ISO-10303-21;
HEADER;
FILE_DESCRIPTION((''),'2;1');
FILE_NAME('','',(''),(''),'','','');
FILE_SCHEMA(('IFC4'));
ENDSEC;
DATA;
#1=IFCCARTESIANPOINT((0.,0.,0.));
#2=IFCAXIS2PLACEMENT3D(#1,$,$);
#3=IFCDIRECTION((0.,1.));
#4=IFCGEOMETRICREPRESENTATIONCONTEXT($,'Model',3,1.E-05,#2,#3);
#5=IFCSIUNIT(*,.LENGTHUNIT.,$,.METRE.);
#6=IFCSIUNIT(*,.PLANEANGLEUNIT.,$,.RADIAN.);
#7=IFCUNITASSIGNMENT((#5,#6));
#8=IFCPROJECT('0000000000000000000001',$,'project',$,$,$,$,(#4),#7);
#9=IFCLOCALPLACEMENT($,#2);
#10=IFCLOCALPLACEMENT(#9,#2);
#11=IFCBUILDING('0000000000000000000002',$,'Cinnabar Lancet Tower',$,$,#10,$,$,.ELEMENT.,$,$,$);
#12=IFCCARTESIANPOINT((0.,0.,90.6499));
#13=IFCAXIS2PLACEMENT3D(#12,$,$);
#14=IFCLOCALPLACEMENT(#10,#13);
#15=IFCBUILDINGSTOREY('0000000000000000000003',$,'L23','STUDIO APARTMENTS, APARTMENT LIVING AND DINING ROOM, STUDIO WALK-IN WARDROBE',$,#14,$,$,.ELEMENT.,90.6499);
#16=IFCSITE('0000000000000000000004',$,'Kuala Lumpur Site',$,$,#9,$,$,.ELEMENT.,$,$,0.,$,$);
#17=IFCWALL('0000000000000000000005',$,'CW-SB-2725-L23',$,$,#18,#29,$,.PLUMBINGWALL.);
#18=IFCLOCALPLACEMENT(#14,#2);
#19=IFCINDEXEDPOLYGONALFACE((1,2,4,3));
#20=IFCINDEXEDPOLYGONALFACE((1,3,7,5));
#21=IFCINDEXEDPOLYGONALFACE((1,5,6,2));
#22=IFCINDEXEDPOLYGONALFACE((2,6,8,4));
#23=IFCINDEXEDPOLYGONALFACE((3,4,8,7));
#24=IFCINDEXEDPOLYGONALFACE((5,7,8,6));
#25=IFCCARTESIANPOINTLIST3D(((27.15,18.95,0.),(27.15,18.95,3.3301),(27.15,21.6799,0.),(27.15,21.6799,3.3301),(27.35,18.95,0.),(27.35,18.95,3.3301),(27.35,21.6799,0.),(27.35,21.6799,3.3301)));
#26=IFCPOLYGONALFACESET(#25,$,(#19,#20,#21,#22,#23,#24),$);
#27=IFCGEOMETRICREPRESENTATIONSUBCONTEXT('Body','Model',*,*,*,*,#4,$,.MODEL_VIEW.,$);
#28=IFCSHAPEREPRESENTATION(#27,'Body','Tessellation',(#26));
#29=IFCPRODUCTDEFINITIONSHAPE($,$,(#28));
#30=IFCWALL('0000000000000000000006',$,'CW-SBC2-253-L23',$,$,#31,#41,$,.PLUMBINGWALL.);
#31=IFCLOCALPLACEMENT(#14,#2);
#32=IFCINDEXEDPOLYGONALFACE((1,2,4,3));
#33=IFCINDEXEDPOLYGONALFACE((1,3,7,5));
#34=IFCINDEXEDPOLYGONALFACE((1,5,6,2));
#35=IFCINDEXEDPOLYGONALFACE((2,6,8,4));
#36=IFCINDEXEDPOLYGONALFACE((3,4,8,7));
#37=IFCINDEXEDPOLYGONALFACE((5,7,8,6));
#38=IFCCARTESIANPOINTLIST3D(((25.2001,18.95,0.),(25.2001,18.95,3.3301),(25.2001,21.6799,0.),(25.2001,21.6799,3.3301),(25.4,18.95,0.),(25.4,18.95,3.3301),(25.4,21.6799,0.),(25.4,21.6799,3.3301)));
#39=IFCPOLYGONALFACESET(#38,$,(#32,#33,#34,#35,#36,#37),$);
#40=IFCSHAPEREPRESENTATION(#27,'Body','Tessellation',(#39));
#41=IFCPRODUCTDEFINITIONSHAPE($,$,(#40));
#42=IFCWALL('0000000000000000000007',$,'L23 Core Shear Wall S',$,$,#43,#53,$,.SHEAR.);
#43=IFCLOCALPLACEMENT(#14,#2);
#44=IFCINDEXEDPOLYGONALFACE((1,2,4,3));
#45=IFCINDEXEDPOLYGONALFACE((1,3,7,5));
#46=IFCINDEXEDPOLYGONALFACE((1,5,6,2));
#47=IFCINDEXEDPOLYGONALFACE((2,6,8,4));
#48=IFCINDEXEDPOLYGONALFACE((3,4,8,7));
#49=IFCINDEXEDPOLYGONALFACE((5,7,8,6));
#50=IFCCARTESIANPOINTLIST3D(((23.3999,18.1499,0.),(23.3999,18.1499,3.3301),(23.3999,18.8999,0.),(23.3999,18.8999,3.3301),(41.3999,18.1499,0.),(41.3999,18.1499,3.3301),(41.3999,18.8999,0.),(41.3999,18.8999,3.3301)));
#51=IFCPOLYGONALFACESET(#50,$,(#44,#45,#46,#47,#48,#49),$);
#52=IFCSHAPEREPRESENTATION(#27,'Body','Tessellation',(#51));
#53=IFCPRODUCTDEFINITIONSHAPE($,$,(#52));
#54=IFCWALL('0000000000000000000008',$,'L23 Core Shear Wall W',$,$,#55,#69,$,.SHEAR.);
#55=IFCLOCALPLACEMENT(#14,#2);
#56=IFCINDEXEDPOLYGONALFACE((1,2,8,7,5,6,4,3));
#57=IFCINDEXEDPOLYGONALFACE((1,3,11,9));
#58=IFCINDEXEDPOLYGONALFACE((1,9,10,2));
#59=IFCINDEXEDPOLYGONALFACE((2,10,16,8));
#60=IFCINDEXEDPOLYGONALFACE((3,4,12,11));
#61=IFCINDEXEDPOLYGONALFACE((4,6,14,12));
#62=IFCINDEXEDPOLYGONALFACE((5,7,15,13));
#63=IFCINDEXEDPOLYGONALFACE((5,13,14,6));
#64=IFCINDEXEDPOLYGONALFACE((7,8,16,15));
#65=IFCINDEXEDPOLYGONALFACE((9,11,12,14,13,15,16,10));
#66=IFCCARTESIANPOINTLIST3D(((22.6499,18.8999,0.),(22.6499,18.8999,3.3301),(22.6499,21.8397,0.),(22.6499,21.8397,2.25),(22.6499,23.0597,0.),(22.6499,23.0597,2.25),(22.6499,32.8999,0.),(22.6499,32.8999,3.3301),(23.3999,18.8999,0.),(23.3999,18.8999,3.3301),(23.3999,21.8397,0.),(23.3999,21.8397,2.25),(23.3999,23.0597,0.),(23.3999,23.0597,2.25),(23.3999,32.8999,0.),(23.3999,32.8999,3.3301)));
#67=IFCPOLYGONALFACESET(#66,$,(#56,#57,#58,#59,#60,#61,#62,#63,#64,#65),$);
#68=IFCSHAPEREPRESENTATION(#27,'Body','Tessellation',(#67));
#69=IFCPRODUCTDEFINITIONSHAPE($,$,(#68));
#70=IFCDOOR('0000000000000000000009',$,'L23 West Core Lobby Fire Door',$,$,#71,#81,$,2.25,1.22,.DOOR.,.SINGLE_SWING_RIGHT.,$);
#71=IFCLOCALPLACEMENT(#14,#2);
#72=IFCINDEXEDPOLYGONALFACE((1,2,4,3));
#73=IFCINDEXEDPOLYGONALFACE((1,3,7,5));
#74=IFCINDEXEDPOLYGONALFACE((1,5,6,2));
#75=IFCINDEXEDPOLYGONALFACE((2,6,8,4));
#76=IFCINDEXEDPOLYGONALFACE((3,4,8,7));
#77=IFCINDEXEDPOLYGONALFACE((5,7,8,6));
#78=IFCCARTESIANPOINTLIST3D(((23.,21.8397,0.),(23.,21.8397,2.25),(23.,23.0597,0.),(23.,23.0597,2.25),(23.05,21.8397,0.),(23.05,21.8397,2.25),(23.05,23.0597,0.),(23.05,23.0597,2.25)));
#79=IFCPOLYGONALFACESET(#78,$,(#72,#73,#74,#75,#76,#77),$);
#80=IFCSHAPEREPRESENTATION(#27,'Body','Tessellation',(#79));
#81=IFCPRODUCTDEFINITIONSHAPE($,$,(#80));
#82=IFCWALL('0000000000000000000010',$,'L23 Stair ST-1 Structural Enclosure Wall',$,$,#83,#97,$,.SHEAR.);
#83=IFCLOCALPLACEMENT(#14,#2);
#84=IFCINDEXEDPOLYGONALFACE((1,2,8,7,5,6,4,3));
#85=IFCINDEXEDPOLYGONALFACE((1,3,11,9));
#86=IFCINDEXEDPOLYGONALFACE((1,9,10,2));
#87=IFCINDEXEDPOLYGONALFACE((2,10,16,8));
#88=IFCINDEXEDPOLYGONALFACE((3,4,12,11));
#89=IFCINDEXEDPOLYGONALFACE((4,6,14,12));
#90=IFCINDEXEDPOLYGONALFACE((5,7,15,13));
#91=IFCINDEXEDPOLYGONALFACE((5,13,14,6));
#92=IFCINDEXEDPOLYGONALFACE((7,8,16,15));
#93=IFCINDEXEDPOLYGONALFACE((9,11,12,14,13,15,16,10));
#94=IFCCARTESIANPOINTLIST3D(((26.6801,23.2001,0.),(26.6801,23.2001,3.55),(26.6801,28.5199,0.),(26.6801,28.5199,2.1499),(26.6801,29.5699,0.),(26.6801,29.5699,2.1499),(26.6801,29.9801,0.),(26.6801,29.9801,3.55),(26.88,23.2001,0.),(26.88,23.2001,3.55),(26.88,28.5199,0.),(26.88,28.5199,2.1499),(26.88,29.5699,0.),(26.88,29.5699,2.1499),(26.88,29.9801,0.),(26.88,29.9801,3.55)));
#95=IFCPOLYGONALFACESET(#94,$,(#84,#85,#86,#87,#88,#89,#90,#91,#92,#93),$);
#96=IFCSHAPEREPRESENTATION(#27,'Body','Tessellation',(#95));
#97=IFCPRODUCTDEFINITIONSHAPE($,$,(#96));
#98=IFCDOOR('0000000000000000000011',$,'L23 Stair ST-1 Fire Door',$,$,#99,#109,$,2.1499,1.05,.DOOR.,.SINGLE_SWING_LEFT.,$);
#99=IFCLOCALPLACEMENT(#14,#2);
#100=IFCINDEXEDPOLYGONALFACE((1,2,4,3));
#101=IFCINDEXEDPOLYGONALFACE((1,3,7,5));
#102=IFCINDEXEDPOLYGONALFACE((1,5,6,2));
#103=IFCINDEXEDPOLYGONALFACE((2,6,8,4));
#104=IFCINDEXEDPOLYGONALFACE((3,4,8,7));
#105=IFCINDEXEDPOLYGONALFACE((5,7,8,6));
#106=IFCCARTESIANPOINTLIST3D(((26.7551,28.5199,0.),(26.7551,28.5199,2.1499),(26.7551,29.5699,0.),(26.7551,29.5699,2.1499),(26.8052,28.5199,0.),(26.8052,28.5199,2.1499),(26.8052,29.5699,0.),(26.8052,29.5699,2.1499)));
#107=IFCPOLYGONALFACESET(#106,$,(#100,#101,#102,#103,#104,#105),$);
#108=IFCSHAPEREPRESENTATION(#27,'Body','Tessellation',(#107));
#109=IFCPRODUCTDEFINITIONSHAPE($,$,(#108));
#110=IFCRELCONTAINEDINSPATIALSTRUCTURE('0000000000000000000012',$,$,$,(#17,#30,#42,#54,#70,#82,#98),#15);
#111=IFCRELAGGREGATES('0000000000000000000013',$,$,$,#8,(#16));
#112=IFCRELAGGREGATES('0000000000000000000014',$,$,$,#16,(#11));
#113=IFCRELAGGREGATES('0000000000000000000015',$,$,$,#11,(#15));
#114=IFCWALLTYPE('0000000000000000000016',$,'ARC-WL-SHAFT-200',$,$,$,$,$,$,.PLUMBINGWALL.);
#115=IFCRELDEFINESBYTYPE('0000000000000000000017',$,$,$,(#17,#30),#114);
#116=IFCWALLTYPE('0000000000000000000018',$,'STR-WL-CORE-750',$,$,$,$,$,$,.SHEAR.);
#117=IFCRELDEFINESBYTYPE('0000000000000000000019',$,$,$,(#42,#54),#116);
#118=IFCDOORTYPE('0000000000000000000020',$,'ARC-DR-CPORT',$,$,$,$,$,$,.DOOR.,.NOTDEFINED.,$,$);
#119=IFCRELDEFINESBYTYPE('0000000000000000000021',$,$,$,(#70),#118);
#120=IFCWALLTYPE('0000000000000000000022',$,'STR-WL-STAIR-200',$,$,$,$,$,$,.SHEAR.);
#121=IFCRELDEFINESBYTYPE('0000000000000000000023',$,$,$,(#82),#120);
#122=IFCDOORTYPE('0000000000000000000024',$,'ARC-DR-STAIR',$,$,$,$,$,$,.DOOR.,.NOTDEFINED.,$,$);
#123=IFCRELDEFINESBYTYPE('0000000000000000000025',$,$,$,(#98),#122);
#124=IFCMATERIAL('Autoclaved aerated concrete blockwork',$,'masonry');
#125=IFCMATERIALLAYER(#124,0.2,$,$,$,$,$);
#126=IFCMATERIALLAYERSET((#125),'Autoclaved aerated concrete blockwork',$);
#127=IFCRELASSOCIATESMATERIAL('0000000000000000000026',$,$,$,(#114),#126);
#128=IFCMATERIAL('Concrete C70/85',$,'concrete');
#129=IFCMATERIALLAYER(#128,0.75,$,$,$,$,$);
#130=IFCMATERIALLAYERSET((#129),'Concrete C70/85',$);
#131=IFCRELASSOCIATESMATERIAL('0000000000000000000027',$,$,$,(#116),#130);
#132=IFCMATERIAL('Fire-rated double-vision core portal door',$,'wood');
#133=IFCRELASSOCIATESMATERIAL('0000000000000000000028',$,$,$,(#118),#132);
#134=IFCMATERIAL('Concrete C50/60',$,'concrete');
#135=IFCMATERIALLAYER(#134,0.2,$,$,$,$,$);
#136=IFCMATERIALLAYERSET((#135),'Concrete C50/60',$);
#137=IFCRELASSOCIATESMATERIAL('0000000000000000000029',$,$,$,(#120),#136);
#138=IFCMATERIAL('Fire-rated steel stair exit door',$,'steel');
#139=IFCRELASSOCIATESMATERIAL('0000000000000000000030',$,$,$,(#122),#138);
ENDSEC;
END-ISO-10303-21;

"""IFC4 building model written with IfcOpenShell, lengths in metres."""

from ifc_helpers import new_model, si_unit, direction, frame, frame_2d, origin, place, context, subcontext, project, spatial, rectangle, extrude, material, layer, layer_set, type_object, element, fill, save


model = new_model("IFC4")

# Units and contexts
model_context = context("Model", 3, precision=1e-05, world=origin(), true_north=direction((0.0, 1.0)))
body_context = subcontext(model_context, "Body", "Model", "MODEL_VIEW")
ifc_project = project(units=[si_unit("LENGTHUNIT", "METRE"), si_unit("PLANEANGLEUNIT", "RADIAN")], contexts=[model_context])

# Site, building, storey
site_placement = place(None, origin())
site = spatial("IfcSite", under=ifc_project, at=site_placement, Name="Kuala Lumpur Site", CompositionType="ELEMENT", RefElevation=0.0)
building_placement = place(site_placement, origin())
building = spatial("IfcBuilding", under=site, at=building_placement, Name="Cinnabar Lancet Tower", CompositionType="ELEMENT")
storey_placement = place(building_placement, frame((0.0, 0.0, 90.6499)))
storey = spatial("IfcBuildingStorey", under=building, at=storey_placement, Name="L23", Description="STUDIO APARTMENTS, APARTMENT LIVING AND DINING ROOM, STUDIO WALK-IN WARDROBE", CompositionType="ELEMENT", Elevation=90.6499)

# Shared definitions
ifc_material_1 = material(Name="Autoclaved aerated concrete blockwork", Category="masonry")
ifc_layer_1 = layer(ifc_material_1, 0.2)
ifc_layer_set_1 = layer_set([ifc_layer_1], Name="Autoclaved aerated concrete blockwork")
wall_type_1 = type_object("IfcWallType", Name="ARC-WL-SHAFT-200", PredefinedType="PLUMBINGWALL", material=ifc_layer_set_1)

# Walls
for number, where, z_axis, x_axis, name in (
    (1, (27.25, 18.95, 0.0), (0.0, 0.0, 1.0), (0.0, 1.0, 0.0), "CW-SB-2725-L23"),
    (2, (25.3, 18.95, 0.0), (0.0, 0.0, 1.0), (0.0, 1.0, 0.0), "CW-SBC2-253-L23"),
):
    element("IfcWall", number, at=place(storey_placement, frame(where, z_axis=z_axis, x_axis=x_axis)), inside=storey, type_object=wall_type_1, Name=name, PredefinedType="PLUMBINGWALL", context=body_context, shape_type="SweptSolid", body=[
        extrude(rectangle(XDim=2.73, YDim=0.2, at=frame_2d((1.365, 0.0))), origin(), (0.0, 0.0, 1.0), 3.3301),
    ])
ifc_material_2 = material(Name="Concrete C70/85", Category="concrete")
ifc_layer_2 = layer(ifc_material_2, 0.75)
ifc_layer_set_2 = layer_set([ifc_layer_2], Name="Concrete C70/85")
wall_type_2 = type_object("IfcWallType", Name="STR-WL-CORE-750", PredefinedType="SHEAR", material=ifc_layer_set_2)
wall_1_placement = place(storey_placement, frame((23.3999, 18.5249, 0.0), z_axis=(0.0, 0.0, 1.0), x_axis=(1.0, 0.0, 0.0)))
element("IfcWall", 3, at=wall_1_placement, inside=storey, type_object=wall_type_2, Name="L23 Core Shear Wall S", PredefinedType="SHEAR", context=body_context, shape_type="SweptSolid", body=[
    extrude(rectangle(XDim=18.0, YDim=0.75, at=frame_2d((9.0, 0.0))), origin(), (0.0, 0.0, 1.0), 3.3301),
])

# Walls, openings, doors
wall_2_placement = place(storey_placement, frame((23.0249, 18.8999, 0.0), z_axis=(0.0, 0.0, 1.0), x_axis=(0.0, 1.0, 0.0)))
wall_2 = element("IfcWall", 4, at=wall_2_placement, inside=storey, type_object=wall_type_2, Name="L23 Core Shear Wall W", PredefinedType="SHEAR", context=body_context, shape_type="SweptSolid", body=[
    extrude(rectangle(XDim=14.0, YDim=0.75, at=frame_2d((7.0, 0.0))), origin(), (0.0, 0.0, 1.0), 3.3301),
])
opening_1_placement = place(wall_2_placement, frame((2.9399, 0.0, 0.0)))
opening_1 = element("IfcOpeningElement", 5, at=opening_1_placement, cuts=wall_2, PredefinedType="OPENING", context=body_context, shape_type="SweptSolid", body=[
    extrude(rectangle(XDim=1.22, YDim=2.25, at=frame_2d((0.6099, 1.125))), frame((0.0, 0.385, 0.0), z_axis=(0.0, -1.0, 0.0), x_axis=(1.0, 0.0, 0.0)), (0.0, 0.0, 1.0), 0.77),
])
ifc_material_3 = material(Name="Fire-rated double-vision core portal door", Category="wood")
door_type_1 = type_object("IfcDoorType", Name="ARC-DR-CPORT", OperationType="NOTDEFINED", PredefinedType="DOOR", material=ifc_material_3)
door_1_placement = place(opening_1_placement, origin())
door_1 = element("IfcDoor", 6, at=door_1_placement, inside=storey, type_object=door_type_1, Name="L23 West Core Lobby Fire Door", OperationType="SINGLE_SWING_RIGHT", OverallHeight=2.25, OverallWidth=1.22, PredefinedType="DOOR", context=body_context, shape_type="SweptSolid", body=[
    extrude(rectangle(XDim=1.22, YDim=2.25, at=frame_2d((0.6099, 1.125))), frame((0.0, 0.0249, 0.0), z_axis=(0.0, -1.0, 0.0), x_axis=(1.0, 0.0, 0.0)), (0.0, 0.0, 1.0), 0.05),
])
fill(opening_1, door_1)
ifc_material_4 = material(Name="Concrete C50/60", Category="concrete")
ifc_layer_3 = layer(ifc_material_4, 0.2)
ifc_layer_set_3 = layer_set([ifc_layer_3], Name="Concrete C50/60")
wall_type_3 = type_object("IfcWallType", Name="STR-WL-STAIR-200", PredefinedType="SHEAR", material=ifc_layer_set_3)
wall_3_placement = place(storey_placement, frame((26.78, 23.2, 0.0), z_axis=(0.0, 0.0, 1.0), x_axis=(0.0, 1.0, 0.0)))
wall_3 = element("IfcWall", 7, at=wall_3_placement, inside=storey, type_object=wall_type_3, Name="L23 Stair ST-1 Structural Enclosure Wall", PredefinedType="SHEAR", context=body_context, shape_type="SweptSolid", body=[
    extrude(rectangle(XDim=6.78, YDim=0.2, at=frame_2d((3.3901, 0.0))), origin(), (0.0, 0.0, 1.0), 3.55),
])
opening_2_placement = place(wall_3_placement, frame((5.3201, 0.0, 0.0)))
opening_2 = element("IfcOpeningElement", 8, at=opening_2_placement, cuts=wall_3, PredefinedType="OPENING", context=body_context, shape_type="SweptSolid", body=[
    extrude(rectangle(XDim=1.05, YDim=2.1499, at=frame_2d((0.5249, 1.075))), frame((0.0, 0.1099, 0.0), z_axis=(0.0, -1.0, 0.0), x_axis=(1.0, 0.0, 0.0)), (0.0, 0.0, 1.0), 0.22),
])
ifc_material_5 = material(Name="Fire-rated steel stair exit door", Category="steel")
door_type_2 = type_object("IfcDoorType", Name="ARC-DR-STAIR", OperationType="NOTDEFINED", PredefinedType="DOOR", material=ifc_material_5)
door_2_placement = place(opening_2_placement, origin())
door_2 = element("IfcDoor", 9, at=door_2_placement, inside=storey, type_object=door_type_2, Name="L23 Stair ST-1 Fire Door", OperationType="SINGLE_SWING_LEFT", OverallHeight=2.1499, OverallWidth=1.05, PredefinedType="DOOR", context=body_context, shape_type="SweptSolid", body=[
    extrude(rectangle(XDim=1.05, YDim=2.1499, at=frame_2d((0.5249, 1.075))), frame((0.0, 0.0249, 0.0), z_axis=(0.0, -1.0, 0.0), x_axis=(1.0, 0.0, 0.0)), (0.0, 0.0, 1.0), 0.05),
])
fill(opening_2, door_2)

save(model, "model.ifc")
